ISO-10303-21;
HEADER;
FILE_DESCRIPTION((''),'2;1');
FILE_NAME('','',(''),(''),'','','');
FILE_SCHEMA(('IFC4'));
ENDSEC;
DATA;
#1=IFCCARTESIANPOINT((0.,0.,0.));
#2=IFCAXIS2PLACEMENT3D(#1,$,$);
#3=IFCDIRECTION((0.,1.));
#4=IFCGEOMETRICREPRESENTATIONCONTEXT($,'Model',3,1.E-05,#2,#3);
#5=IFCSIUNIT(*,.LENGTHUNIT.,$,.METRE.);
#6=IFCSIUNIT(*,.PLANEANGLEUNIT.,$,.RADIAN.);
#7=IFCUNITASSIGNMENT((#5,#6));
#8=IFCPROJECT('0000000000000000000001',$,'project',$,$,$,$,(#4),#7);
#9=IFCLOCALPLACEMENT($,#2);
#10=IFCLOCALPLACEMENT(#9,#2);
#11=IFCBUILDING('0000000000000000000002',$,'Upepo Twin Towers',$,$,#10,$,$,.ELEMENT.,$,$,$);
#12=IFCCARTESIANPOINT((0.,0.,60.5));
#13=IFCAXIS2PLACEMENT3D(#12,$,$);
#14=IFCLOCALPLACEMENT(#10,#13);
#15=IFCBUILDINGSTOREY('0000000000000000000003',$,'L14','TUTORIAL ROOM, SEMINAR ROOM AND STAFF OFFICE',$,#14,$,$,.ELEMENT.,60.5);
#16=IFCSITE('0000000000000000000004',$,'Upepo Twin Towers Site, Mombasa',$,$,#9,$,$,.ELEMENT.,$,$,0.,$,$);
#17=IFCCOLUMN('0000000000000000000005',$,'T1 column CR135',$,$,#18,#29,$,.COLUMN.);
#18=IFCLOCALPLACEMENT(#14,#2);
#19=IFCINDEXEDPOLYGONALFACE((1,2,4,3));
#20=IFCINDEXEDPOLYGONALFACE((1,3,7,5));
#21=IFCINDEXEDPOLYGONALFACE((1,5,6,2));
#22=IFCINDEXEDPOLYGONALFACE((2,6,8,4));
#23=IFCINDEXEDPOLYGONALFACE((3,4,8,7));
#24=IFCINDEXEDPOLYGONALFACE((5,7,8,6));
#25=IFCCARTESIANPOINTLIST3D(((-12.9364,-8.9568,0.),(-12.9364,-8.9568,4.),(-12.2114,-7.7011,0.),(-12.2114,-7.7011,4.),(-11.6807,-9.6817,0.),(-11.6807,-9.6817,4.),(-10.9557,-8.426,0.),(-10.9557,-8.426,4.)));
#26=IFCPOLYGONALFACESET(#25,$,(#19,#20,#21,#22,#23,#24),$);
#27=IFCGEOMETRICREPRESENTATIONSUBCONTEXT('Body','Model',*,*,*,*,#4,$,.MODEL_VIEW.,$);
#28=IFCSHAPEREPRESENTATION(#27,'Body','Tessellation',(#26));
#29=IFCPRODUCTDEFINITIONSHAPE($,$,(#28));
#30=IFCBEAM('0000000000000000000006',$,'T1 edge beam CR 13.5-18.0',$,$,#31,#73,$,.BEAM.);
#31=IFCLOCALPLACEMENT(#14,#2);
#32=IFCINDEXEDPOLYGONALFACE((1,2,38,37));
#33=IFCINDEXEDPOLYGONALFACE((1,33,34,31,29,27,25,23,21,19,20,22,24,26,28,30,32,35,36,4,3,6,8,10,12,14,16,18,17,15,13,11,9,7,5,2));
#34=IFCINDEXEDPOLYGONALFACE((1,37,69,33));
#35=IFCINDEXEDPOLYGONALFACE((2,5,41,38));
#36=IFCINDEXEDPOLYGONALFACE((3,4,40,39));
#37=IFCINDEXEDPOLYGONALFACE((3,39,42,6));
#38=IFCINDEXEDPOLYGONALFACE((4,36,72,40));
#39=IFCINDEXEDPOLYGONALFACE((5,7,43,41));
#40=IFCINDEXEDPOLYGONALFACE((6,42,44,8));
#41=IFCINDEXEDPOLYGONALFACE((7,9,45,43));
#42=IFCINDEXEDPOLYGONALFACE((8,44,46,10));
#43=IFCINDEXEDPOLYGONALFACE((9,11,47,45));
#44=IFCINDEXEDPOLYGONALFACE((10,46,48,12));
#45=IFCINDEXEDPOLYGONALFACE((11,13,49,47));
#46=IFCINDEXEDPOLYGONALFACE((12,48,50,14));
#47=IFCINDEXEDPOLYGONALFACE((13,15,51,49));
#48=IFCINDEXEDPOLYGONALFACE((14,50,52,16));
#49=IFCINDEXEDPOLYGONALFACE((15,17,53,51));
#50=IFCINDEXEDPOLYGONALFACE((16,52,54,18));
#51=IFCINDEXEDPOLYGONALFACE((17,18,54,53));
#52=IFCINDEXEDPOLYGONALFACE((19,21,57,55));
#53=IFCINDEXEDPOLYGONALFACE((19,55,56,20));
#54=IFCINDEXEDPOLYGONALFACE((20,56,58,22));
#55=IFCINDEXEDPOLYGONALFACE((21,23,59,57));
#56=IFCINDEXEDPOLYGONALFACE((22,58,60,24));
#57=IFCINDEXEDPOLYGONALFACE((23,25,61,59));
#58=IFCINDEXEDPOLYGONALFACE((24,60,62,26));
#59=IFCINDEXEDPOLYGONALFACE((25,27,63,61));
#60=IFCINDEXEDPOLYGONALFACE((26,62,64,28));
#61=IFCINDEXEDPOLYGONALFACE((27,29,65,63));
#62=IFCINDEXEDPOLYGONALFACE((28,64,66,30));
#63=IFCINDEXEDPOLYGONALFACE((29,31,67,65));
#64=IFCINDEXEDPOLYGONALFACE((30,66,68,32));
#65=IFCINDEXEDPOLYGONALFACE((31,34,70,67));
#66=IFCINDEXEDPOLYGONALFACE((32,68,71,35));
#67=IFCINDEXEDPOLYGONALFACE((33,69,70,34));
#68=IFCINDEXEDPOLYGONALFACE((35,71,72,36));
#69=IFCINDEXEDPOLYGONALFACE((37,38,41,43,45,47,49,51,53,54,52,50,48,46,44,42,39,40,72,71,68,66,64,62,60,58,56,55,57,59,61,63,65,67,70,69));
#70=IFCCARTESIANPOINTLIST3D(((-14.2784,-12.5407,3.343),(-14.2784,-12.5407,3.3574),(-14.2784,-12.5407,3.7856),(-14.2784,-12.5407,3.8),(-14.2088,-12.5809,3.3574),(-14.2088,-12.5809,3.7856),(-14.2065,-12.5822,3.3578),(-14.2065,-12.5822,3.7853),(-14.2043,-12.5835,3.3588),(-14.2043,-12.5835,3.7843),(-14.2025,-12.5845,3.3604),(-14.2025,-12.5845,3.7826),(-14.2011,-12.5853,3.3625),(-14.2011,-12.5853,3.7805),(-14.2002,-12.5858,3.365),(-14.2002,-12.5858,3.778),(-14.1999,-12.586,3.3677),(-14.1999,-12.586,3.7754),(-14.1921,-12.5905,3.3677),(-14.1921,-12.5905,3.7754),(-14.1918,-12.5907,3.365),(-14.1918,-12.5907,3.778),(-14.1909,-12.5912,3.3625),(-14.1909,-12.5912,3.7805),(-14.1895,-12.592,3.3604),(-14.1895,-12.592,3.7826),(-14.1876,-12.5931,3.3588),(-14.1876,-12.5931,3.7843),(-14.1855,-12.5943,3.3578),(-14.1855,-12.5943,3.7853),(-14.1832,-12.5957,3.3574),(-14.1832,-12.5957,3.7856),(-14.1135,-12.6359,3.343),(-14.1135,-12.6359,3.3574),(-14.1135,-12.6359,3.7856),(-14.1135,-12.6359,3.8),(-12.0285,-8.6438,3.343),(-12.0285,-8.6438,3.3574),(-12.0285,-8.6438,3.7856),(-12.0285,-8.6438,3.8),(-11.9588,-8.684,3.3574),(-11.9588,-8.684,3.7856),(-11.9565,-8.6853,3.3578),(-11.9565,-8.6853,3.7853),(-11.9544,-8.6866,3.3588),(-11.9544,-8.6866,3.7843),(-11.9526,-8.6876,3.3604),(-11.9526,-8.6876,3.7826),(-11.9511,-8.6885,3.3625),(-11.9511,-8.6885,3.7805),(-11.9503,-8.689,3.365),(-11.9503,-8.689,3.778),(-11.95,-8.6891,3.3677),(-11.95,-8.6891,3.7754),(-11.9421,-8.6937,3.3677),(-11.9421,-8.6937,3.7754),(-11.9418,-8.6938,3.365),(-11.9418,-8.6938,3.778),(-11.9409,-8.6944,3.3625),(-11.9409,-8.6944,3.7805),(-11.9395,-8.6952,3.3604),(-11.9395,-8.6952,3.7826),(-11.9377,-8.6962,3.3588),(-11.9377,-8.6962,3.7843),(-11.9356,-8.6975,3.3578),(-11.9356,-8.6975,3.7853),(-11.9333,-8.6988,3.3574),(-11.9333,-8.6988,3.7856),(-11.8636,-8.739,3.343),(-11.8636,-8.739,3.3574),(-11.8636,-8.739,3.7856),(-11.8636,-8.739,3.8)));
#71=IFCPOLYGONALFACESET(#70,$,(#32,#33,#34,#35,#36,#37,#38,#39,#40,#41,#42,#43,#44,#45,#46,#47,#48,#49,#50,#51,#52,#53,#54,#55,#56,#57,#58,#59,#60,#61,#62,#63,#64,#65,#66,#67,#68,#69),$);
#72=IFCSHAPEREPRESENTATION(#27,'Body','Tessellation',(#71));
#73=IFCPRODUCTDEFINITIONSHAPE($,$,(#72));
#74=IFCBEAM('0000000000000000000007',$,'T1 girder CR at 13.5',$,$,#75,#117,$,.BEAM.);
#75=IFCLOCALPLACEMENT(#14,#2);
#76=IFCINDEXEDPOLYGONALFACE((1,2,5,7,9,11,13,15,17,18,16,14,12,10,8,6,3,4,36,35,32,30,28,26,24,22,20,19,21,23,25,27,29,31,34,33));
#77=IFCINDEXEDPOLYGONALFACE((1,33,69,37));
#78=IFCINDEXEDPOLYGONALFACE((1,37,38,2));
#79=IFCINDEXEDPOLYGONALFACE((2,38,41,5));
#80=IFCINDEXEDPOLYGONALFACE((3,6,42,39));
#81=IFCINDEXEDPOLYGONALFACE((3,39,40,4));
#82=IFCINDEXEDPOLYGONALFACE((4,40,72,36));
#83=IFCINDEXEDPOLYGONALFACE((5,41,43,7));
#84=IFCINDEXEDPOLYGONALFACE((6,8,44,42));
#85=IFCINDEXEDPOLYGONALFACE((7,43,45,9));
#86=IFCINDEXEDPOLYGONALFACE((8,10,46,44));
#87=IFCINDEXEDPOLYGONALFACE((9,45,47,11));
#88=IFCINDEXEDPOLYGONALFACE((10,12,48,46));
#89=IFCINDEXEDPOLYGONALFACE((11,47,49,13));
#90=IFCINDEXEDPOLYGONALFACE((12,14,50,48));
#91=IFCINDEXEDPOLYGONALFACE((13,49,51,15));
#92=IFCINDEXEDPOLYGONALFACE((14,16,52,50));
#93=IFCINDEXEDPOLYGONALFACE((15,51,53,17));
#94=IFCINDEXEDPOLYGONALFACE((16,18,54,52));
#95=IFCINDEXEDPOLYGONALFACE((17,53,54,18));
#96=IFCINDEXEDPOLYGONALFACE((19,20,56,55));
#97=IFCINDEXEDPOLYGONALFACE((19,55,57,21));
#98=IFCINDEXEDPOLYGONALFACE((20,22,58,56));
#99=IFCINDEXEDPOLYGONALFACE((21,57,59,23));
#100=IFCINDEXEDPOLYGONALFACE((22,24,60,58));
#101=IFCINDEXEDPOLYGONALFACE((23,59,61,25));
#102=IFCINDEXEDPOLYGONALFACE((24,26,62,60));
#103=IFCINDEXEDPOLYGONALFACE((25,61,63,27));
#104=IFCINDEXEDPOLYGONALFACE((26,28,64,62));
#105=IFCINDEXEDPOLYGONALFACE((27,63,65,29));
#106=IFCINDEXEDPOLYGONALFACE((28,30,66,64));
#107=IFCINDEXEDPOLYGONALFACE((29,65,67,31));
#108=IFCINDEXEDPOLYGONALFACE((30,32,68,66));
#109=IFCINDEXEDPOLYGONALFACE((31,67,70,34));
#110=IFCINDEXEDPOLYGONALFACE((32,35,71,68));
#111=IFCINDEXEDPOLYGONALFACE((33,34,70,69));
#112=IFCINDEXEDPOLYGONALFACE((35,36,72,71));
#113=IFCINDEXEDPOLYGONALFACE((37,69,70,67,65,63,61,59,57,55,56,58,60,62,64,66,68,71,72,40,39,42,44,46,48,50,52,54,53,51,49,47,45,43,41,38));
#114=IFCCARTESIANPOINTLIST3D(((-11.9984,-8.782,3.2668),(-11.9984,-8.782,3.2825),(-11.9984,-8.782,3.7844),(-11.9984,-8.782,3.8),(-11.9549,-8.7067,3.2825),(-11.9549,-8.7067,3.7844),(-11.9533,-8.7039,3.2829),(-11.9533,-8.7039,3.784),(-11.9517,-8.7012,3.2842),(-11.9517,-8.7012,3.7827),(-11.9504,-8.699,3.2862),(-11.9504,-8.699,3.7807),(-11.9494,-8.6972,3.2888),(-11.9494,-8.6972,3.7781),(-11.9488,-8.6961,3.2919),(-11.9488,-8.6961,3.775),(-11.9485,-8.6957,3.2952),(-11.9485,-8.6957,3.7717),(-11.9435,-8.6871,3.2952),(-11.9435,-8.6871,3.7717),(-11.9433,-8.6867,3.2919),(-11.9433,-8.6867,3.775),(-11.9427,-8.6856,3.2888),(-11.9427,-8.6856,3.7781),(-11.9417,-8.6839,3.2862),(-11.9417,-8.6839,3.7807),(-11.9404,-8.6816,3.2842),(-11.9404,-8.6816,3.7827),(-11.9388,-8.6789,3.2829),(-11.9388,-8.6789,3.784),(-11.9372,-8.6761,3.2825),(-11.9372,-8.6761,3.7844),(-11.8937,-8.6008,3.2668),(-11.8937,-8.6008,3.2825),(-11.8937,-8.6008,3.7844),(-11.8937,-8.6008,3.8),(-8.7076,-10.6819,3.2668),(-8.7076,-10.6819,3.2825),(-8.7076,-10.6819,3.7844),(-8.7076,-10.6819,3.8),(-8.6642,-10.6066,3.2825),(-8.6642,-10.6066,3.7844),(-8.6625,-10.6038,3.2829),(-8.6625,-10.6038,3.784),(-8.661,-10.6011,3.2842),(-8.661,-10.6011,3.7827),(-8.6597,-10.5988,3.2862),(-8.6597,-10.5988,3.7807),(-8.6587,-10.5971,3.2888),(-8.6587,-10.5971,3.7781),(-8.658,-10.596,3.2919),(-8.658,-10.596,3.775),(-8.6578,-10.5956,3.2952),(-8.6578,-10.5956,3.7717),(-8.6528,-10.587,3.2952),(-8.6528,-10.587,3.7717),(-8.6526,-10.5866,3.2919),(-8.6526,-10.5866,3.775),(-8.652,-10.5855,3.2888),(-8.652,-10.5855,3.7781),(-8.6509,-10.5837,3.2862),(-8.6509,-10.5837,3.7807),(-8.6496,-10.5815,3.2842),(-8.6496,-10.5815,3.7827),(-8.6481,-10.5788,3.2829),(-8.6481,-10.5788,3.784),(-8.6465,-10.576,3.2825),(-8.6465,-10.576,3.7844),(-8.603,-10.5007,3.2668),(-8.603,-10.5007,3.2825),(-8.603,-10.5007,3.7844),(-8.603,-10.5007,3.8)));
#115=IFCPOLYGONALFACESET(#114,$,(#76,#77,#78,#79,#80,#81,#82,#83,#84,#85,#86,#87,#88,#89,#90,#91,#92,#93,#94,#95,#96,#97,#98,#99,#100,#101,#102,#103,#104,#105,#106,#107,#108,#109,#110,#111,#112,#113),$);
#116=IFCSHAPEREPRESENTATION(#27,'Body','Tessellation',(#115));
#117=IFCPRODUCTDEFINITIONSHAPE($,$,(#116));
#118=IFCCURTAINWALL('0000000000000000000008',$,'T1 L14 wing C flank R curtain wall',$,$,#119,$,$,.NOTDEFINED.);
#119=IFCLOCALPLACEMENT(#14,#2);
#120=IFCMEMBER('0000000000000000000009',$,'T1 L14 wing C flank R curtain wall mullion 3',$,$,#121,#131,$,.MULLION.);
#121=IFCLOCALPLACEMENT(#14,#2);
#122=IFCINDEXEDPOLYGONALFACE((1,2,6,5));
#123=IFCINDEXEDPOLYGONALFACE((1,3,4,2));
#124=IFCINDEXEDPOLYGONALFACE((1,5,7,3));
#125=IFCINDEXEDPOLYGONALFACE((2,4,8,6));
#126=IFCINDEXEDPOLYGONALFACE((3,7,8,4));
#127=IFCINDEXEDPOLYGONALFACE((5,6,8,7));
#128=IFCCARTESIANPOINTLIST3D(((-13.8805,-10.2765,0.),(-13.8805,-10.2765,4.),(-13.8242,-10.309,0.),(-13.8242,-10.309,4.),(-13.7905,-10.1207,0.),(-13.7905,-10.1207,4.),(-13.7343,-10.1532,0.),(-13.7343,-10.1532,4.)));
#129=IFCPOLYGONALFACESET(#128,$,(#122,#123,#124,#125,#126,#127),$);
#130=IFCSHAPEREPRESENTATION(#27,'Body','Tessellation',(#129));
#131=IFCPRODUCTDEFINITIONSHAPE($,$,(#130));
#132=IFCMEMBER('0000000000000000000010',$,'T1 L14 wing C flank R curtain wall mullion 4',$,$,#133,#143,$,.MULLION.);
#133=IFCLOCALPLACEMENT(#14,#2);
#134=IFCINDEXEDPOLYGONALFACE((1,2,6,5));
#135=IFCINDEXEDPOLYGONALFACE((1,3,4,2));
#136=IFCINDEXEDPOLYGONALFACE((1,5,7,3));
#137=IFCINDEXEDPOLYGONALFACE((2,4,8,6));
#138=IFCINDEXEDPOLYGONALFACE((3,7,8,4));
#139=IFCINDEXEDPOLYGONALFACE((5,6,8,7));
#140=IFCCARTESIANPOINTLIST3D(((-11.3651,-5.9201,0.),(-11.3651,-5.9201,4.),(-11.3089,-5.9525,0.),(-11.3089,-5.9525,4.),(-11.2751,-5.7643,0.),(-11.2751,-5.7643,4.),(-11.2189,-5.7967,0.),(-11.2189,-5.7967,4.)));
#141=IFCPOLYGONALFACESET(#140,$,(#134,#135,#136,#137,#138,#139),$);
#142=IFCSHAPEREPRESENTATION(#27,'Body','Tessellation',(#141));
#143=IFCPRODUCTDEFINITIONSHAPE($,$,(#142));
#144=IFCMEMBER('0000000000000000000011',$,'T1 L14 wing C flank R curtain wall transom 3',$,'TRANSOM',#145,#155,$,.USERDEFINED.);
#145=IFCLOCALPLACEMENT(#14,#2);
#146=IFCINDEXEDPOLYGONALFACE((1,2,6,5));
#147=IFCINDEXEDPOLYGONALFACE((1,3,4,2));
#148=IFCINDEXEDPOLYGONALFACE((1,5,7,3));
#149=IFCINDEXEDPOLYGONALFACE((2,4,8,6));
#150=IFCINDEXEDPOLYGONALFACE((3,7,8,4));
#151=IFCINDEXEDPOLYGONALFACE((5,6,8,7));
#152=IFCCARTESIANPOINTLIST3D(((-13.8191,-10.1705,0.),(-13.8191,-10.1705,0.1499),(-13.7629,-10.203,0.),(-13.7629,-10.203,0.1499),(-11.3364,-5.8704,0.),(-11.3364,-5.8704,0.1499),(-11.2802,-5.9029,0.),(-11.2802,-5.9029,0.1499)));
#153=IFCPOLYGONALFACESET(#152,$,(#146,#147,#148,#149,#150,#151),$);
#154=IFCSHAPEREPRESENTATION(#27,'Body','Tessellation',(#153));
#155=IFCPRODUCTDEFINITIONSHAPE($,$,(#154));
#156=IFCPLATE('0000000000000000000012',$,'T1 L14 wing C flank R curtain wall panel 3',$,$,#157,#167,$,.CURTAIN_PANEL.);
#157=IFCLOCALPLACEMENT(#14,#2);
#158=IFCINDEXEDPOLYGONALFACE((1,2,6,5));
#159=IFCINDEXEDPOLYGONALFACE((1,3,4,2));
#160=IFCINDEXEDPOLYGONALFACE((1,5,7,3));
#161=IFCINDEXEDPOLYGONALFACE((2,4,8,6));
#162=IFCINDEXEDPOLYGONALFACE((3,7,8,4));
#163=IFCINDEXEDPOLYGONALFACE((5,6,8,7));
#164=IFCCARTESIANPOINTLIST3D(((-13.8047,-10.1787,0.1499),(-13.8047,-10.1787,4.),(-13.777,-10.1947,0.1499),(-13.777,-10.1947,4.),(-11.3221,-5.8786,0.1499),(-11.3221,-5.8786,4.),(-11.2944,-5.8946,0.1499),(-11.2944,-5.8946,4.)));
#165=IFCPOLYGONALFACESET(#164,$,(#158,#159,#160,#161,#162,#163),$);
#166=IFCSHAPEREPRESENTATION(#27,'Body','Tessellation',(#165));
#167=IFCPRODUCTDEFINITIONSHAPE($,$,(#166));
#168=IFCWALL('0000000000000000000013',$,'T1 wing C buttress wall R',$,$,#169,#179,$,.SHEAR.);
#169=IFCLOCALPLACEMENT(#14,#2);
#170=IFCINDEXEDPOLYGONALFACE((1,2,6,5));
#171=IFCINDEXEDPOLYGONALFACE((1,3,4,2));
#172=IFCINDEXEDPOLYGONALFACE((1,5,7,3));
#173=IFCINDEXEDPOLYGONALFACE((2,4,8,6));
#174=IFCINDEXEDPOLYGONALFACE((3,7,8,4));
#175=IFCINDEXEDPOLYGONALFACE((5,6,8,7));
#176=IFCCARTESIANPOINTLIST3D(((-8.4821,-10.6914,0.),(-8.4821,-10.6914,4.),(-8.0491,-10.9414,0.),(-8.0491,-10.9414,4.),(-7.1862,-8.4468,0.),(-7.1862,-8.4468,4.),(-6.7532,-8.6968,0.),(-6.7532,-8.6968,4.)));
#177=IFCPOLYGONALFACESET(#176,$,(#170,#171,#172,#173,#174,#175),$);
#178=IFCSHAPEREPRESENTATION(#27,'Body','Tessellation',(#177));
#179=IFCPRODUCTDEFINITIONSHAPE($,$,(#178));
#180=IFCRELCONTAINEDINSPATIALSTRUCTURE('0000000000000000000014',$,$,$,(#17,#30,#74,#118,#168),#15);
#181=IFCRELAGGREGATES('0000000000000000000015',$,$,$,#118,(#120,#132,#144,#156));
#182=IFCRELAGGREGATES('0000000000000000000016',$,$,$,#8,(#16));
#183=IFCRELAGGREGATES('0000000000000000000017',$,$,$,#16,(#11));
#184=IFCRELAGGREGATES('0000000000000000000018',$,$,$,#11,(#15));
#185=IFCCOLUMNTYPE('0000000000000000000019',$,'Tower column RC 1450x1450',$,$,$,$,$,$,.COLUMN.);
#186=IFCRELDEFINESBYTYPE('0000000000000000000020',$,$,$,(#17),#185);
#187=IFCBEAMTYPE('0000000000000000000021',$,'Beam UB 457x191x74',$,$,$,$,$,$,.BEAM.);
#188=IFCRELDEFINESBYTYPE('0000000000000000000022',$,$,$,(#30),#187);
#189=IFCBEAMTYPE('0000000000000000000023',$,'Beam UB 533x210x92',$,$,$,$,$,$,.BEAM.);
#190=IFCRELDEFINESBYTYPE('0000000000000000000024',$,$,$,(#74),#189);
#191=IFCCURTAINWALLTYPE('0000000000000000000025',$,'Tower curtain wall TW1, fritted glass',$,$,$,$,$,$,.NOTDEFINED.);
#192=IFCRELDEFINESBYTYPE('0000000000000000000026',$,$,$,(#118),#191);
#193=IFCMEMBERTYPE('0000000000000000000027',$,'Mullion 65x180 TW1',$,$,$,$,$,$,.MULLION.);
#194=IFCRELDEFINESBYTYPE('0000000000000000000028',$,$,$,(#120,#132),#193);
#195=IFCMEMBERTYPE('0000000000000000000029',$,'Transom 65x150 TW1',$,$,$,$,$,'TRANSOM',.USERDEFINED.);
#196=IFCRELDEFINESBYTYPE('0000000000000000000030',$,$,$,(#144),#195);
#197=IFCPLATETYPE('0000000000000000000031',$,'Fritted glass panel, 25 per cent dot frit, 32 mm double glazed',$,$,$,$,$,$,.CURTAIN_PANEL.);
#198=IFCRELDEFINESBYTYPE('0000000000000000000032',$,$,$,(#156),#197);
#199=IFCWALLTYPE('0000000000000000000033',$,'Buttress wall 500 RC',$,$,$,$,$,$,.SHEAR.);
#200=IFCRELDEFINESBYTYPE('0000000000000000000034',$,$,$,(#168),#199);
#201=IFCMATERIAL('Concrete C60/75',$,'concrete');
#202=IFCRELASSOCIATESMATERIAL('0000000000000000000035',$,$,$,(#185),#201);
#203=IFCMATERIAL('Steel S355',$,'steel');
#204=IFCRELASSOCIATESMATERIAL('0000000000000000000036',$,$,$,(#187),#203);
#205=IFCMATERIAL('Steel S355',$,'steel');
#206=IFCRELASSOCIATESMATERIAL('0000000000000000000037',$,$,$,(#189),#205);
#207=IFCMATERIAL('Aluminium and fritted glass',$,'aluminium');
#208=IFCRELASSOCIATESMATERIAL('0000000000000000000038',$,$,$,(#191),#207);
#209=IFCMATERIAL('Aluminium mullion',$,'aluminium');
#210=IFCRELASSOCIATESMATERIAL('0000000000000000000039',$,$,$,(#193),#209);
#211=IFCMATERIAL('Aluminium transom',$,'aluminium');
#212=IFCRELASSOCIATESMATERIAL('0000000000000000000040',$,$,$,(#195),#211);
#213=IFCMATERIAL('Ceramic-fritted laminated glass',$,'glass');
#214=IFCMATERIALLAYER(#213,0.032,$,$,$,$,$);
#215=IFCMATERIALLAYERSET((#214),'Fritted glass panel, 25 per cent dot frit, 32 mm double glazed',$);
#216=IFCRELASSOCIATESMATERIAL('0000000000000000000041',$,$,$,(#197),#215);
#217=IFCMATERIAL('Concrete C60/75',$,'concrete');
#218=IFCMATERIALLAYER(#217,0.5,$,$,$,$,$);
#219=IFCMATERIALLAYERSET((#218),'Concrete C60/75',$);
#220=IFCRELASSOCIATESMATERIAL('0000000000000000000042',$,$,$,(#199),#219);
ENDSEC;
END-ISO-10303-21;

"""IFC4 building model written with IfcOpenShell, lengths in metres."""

from ifc_helpers import new_model, si_unit, direction, frame, frame_2d, origin, origin_2d, place, context, subcontext, project, spatial, rectangle, i_section, extrude, material, layer, layer_set, material_profile, profile_set, type_object, element, aggregate, save


model = new_model("IFC4")

# Units and contexts
model_context = context("Model", 3, precision=1e-05, world=origin(), true_north=direction((0.0, 1.0)))
body_context = subcontext(model_context, "Body", "Model", "MODEL_VIEW")
ifc_project = project(units=[si_unit("LENGTHUNIT", "METRE"), si_unit("PLANEANGLEUNIT", "RADIAN")], contexts=[model_context])

# Site, building, storey
site_placement = place(None, origin())
site = spatial("IfcSite", under=ifc_project, at=site_placement, Name="Upepo Twin Towers Site, Mombasa", CompositionType="ELEMENT", RefElevation=0.0)
building_placement = place(site_placement, origin())
building = spatial("IfcBuilding", under=site, at=building_placement, Name="Upepo Twin Towers", CompositionType="ELEMENT")
storey_placement = place(building_placement, frame((0.0, 0.0, 60.5)))
storey = spatial("IfcBuildingStorey", under=building, at=storey_placement, Name="L14", Description="TUTORIAL ROOM, SEMINAR ROOM AND STAFF OFFICE", CompositionType="ELEMENT", Elevation=60.5)

# Column
ifc_material_1 = material(Name="Concrete C60/75", Category="concrete")
ifc_material_profile_1 = material_profile(ifc_material_1, rectangle(XDim=1.45, YDim=1.45, at=origin_2d()), Name="RC 1450x1450")
ifc_profile_set_1 = profile_set([ifc_material_profile_1], Name="Concrete C60/75")
column_type = type_object("IfcColumnType", Name="Tower column RC 1450x1450", PredefinedType="COLUMN", material=ifc_profile_set_1)
column_placement = place(storey_placement, frame((-11.946, -8.6914, 0.0), z_axis=(0.0, 0.0, 1.0), x_axis=(0.5, 0.866025, 0.0)))
element("IfcColumn", 1, at=column_placement, inside=storey, type_object=column_type, Name="T1 column CR135", PredefinedType="COLUMN", context=body_context, shape_type="SweptSolid", body=[
    extrude(rectangle(XDim=1.45, YDim=1.45, at=origin_2d()), origin(), (0.0, 0.0, 1.0), 4.0),
])

# Beams
ifc_material_2 = material(Name="Steel S355", Category="steel")
ifc_material_profile_2 = material_profile(ifc_material_2, i_section(OverallWidth=0.1904, OverallDepth=0.457, WebThickness=0.009, FlangeThickness=0.0144, FilletRadius=0.0103, at=origin_2d()), Name="UB 457x191x74")
ifc_profile_set_2 = profile_set([ifc_material_profile_2], Name="Steel S355")
beam_type_1 = type_object("IfcBeamType", Name="Beam UB 457x191x74", PredefinedType="BEAM", material=ifc_profile_set_2)
beam_1_placement = place(storey_placement, frame((-11.946, -8.6914, 3.5715), z_axis=(-0.500014, -0.866018, 0.0), x_axis=(0.866018, -0.500014, 0.0)))
element("IfcBeam", 2, at=beam_1_placement, inside=storey, type_object=beam_type_1, Name="T1 edge beam CR 13.5-18.0", PredefinedType="BEAM", context=body_context, shape_type="SweptSolid", body=[
    extrude(i_section(OverallWidth=0.1904, OverallDepth=0.457, WebThickness=0.009, FlangeThickness=0.0144, FilletRadius=0.0103, at=origin_2d()), origin(), (0.0, 0.0, 1.0), 4.4998),
])
ifc_material_3 = material(Name="Steel S355", Category="steel")
ifc_material_profile_3 = material_profile(ifc_material_3, i_section(OverallWidth=0.2092, OverallDepth=0.5332, WebThickness=0.01, FlangeThickness=0.0156, FilletRadius=0.0127, at=origin_2d()), Name="UB 533x210x92")
ifc_profile_set_3 = profile_set([ifc_material_profile_3], Name="Steel S355")
beam_type_2 = type_object("IfcBeamType", Name="Beam UB 533x210x92", PredefinedType="BEAM", material=ifc_profile_set_3)
beam_2_placement = place(storey_placement, frame((-11.946, -8.6914, 3.5334), z_axis=(0.866028, -0.499995, 0.0), x_axis=(0.499995, 0.866028, 0.0)))
element("IfcBeam", 3, at=beam_2_placement, inside=storey, type_object=beam_type_2, Name="T1 girder CR at 13.5", PredefinedType="BEAM", context=body_context, shape_type="SweptSolid", body=[
    extrude(i_section(OverallWidth=0.2092, OverallDepth=0.5332, WebThickness=0.01, FlangeThickness=0.0156, FilletRadius=0.0127, at=origin_2d()), origin(), (0.0, 0.0, 1.0), 3.7998),
])

# Curtain wall, members, plate
ifc_material_4 = material(Name="Aluminium and fritted glass", Category="aluminium")
curtain_wall_type = type_object("IfcCurtainWallType", Name="Tower curtain wall TW1, fritted glass", PredefinedType="NOTDEFINED", material=ifc_material_4)
curtain_wall_placement = place(storey_placement, origin())
curtain_wall = element("IfcCurtainWall", 4, at=curtain_wall_placement, inside=storey, type_object=curtain_wall_type, Name="T1 L14 wing C flank R curtain wall", PredefinedType="NOTDEFINED")
ifc_material_5 = material(Name="Aluminium mullion", Category="aluminium")
ifc_material_profile_4 = material_profile(ifc_material_5, rectangle(XDim=0.0649, YDim=0.1799, at=origin_2d()), Name="MULLION 65x180")
ifc_profile_set_4 = profile_set([ifc_material_profile_4], Name="Aluminium mullion")
member_type_1 = type_object("IfcMemberType", Name="Mullion 65x180 TW1", PredefinedType="MULLION", material=ifc_profile_set_4)
member_1_placement = place(storey_placement, frame((-13.8074, -10.2148, 0.0), z_axis=(0.0, 0.0, 1.0), x_axis=(-0.866025, 0.5, 0.0)))
member_1 = element("IfcMember", 5, at=member_1_placement, type_object=member_type_1, Name="T1 L14 wing C flank R curtain wall mullion 3", PredefinedType="MULLION", context=body_context, shape_type="SweptSolid", body=[
    extrude(rectangle(XDim=0.0649, YDim=0.1799, at=origin_2d()), origin(), (0.0, 0.0, 1.0), 4.0),
])
member_2_placement = place(storey_placement, frame((-11.292, -5.8584, 0.0), z_axis=(0.0, 0.0, 1.0), x_axis=(-0.866025, 0.5, 0.0)))
member_2 = element("IfcMember", 6, at=member_2_placement, type_object=member_type_1, Name="T1 L14 wing C flank R curtain wall mullion 4", PredefinedType="MULLION", context=body_context, shape_type="SweptSolid", body=[
    extrude(rectangle(XDim=0.0649, YDim=0.1799, at=origin_2d()), origin(), (0.0, 0.0, 1.0), 4.0),
])
ifc_material_6 = material(Name="Aluminium transom", Category="aluminium")
ifc_material_profile_5 = material_profile(ifc_material_6, rectangle(XDim=0.0649, YDim=0.1499, at=origin_2d()), Name="TRANSOM 65x150")
ifc_profile_set_5 = profile_set([ifc_material_profile_5], Name="Aluminium transom")
member_type_2 = type_object("IfcMemberType", Name="Transom 65x150 TW1", ElementType="TRANSOM", PredefinedType="USERDEFINED", material=ifc_profile_set_5)
member_3_placement = place(storey_placement, frame((-13.791, -10.1868, 0.075), z_axis=(0.500005, 0.866023, 0.0), x_axis=(-0.866023, 0.500005, 0.0)))
member_3 = element("IfcMember", 7, at=member_3_placement, type_object=member_type_2, Name="T1 L14 wing C flank R curtain wall transom 3", ObjectType="TRANSOM", PredefinedType="USERDEFINED", context=body_context, shape_type="SweptSolid", body=[
    extrude(rectangle(XDim=0.0649, YDim=0.1499, at=origin_2d()), origin(), (0.0, 0.0, 1.0), 4.9653),
])
ifc_material_7 = material(Name="Ceramic-fritted laminated glass", Category="glass")
ifc_layer_1 = layer(ifc_material_7, 0.032)
ifc_layer_set_1 = layer_set([ifc_layer_1], Name="Fritted glass panel, 25 per cent dot frit, 32 mm double glazed")
plate_type = type_object("IfcPlateType", Name="Fritted glass panel, 25 per cent dot frit, 32 mm double glazed", PredefinedType="CURTAIN_PANEL", material=ifc_layer_set_1)
plate_placement = place(storey_placement, frame((-12.5496, -8.0366, 0.1499), z_axis=(0.0, 0.0, 1.0), x_axis=(0.5, 0.866025, 0.0)))
plate = element("IfcPlate", 8, at=plate_placement, type_object=plate_type, Name="T1 L14 wing C flank R curtain wall panel 3", PredefinedType="CURTAIN_PANEL", context=body_context, shape_type="SweptSolid", body=[
    extrude(rectangle(XDim=4.9653, YDim=0.032, at=origin_2d()), origin(), (0.0, 0.0, 1.0), 3.8501),
])
aggregate(curtain_wall, [member_1, member_2, member_3, plate])

# Wall
ifc_material_8 = material(Name="Concrete C60/75", Category="concrete")
ifc_layer_2 = layer(ifc_material_8, 0.5)
ifc_layer_set_2 = layer_set([ifc_layer_2], Name="Concrete C60/75")
wall_type_1 = type_object("IfcWallType", Name="Buttress wall 500 RC", PredefinedType="SHEAR", material=ifc_layer_set_2)
wall_1_placement = place(storey_placement, frame((-6.9697, -8.5718, 0.0), z_axis=(0.0, 0.0, 1.0), x_axis=(-0.499989, -0.866032, 0.0)))
element("IfcWall", 9, at=wall_1_placement, inside=storey, type_object=wall_type_1, Name="T1 wing C buttress wall R", PredefinedType="SHEAR", context=body_context, shape_type="SweptSolid", body=[
    extrude(rectangle(XDim=2.5918, YDim=0.5, at=frame_2d((1.2959, 0.0))), origin(), (0.0, 0.0, 1.0), 4.0),
])

save(model, "model.ifc")
